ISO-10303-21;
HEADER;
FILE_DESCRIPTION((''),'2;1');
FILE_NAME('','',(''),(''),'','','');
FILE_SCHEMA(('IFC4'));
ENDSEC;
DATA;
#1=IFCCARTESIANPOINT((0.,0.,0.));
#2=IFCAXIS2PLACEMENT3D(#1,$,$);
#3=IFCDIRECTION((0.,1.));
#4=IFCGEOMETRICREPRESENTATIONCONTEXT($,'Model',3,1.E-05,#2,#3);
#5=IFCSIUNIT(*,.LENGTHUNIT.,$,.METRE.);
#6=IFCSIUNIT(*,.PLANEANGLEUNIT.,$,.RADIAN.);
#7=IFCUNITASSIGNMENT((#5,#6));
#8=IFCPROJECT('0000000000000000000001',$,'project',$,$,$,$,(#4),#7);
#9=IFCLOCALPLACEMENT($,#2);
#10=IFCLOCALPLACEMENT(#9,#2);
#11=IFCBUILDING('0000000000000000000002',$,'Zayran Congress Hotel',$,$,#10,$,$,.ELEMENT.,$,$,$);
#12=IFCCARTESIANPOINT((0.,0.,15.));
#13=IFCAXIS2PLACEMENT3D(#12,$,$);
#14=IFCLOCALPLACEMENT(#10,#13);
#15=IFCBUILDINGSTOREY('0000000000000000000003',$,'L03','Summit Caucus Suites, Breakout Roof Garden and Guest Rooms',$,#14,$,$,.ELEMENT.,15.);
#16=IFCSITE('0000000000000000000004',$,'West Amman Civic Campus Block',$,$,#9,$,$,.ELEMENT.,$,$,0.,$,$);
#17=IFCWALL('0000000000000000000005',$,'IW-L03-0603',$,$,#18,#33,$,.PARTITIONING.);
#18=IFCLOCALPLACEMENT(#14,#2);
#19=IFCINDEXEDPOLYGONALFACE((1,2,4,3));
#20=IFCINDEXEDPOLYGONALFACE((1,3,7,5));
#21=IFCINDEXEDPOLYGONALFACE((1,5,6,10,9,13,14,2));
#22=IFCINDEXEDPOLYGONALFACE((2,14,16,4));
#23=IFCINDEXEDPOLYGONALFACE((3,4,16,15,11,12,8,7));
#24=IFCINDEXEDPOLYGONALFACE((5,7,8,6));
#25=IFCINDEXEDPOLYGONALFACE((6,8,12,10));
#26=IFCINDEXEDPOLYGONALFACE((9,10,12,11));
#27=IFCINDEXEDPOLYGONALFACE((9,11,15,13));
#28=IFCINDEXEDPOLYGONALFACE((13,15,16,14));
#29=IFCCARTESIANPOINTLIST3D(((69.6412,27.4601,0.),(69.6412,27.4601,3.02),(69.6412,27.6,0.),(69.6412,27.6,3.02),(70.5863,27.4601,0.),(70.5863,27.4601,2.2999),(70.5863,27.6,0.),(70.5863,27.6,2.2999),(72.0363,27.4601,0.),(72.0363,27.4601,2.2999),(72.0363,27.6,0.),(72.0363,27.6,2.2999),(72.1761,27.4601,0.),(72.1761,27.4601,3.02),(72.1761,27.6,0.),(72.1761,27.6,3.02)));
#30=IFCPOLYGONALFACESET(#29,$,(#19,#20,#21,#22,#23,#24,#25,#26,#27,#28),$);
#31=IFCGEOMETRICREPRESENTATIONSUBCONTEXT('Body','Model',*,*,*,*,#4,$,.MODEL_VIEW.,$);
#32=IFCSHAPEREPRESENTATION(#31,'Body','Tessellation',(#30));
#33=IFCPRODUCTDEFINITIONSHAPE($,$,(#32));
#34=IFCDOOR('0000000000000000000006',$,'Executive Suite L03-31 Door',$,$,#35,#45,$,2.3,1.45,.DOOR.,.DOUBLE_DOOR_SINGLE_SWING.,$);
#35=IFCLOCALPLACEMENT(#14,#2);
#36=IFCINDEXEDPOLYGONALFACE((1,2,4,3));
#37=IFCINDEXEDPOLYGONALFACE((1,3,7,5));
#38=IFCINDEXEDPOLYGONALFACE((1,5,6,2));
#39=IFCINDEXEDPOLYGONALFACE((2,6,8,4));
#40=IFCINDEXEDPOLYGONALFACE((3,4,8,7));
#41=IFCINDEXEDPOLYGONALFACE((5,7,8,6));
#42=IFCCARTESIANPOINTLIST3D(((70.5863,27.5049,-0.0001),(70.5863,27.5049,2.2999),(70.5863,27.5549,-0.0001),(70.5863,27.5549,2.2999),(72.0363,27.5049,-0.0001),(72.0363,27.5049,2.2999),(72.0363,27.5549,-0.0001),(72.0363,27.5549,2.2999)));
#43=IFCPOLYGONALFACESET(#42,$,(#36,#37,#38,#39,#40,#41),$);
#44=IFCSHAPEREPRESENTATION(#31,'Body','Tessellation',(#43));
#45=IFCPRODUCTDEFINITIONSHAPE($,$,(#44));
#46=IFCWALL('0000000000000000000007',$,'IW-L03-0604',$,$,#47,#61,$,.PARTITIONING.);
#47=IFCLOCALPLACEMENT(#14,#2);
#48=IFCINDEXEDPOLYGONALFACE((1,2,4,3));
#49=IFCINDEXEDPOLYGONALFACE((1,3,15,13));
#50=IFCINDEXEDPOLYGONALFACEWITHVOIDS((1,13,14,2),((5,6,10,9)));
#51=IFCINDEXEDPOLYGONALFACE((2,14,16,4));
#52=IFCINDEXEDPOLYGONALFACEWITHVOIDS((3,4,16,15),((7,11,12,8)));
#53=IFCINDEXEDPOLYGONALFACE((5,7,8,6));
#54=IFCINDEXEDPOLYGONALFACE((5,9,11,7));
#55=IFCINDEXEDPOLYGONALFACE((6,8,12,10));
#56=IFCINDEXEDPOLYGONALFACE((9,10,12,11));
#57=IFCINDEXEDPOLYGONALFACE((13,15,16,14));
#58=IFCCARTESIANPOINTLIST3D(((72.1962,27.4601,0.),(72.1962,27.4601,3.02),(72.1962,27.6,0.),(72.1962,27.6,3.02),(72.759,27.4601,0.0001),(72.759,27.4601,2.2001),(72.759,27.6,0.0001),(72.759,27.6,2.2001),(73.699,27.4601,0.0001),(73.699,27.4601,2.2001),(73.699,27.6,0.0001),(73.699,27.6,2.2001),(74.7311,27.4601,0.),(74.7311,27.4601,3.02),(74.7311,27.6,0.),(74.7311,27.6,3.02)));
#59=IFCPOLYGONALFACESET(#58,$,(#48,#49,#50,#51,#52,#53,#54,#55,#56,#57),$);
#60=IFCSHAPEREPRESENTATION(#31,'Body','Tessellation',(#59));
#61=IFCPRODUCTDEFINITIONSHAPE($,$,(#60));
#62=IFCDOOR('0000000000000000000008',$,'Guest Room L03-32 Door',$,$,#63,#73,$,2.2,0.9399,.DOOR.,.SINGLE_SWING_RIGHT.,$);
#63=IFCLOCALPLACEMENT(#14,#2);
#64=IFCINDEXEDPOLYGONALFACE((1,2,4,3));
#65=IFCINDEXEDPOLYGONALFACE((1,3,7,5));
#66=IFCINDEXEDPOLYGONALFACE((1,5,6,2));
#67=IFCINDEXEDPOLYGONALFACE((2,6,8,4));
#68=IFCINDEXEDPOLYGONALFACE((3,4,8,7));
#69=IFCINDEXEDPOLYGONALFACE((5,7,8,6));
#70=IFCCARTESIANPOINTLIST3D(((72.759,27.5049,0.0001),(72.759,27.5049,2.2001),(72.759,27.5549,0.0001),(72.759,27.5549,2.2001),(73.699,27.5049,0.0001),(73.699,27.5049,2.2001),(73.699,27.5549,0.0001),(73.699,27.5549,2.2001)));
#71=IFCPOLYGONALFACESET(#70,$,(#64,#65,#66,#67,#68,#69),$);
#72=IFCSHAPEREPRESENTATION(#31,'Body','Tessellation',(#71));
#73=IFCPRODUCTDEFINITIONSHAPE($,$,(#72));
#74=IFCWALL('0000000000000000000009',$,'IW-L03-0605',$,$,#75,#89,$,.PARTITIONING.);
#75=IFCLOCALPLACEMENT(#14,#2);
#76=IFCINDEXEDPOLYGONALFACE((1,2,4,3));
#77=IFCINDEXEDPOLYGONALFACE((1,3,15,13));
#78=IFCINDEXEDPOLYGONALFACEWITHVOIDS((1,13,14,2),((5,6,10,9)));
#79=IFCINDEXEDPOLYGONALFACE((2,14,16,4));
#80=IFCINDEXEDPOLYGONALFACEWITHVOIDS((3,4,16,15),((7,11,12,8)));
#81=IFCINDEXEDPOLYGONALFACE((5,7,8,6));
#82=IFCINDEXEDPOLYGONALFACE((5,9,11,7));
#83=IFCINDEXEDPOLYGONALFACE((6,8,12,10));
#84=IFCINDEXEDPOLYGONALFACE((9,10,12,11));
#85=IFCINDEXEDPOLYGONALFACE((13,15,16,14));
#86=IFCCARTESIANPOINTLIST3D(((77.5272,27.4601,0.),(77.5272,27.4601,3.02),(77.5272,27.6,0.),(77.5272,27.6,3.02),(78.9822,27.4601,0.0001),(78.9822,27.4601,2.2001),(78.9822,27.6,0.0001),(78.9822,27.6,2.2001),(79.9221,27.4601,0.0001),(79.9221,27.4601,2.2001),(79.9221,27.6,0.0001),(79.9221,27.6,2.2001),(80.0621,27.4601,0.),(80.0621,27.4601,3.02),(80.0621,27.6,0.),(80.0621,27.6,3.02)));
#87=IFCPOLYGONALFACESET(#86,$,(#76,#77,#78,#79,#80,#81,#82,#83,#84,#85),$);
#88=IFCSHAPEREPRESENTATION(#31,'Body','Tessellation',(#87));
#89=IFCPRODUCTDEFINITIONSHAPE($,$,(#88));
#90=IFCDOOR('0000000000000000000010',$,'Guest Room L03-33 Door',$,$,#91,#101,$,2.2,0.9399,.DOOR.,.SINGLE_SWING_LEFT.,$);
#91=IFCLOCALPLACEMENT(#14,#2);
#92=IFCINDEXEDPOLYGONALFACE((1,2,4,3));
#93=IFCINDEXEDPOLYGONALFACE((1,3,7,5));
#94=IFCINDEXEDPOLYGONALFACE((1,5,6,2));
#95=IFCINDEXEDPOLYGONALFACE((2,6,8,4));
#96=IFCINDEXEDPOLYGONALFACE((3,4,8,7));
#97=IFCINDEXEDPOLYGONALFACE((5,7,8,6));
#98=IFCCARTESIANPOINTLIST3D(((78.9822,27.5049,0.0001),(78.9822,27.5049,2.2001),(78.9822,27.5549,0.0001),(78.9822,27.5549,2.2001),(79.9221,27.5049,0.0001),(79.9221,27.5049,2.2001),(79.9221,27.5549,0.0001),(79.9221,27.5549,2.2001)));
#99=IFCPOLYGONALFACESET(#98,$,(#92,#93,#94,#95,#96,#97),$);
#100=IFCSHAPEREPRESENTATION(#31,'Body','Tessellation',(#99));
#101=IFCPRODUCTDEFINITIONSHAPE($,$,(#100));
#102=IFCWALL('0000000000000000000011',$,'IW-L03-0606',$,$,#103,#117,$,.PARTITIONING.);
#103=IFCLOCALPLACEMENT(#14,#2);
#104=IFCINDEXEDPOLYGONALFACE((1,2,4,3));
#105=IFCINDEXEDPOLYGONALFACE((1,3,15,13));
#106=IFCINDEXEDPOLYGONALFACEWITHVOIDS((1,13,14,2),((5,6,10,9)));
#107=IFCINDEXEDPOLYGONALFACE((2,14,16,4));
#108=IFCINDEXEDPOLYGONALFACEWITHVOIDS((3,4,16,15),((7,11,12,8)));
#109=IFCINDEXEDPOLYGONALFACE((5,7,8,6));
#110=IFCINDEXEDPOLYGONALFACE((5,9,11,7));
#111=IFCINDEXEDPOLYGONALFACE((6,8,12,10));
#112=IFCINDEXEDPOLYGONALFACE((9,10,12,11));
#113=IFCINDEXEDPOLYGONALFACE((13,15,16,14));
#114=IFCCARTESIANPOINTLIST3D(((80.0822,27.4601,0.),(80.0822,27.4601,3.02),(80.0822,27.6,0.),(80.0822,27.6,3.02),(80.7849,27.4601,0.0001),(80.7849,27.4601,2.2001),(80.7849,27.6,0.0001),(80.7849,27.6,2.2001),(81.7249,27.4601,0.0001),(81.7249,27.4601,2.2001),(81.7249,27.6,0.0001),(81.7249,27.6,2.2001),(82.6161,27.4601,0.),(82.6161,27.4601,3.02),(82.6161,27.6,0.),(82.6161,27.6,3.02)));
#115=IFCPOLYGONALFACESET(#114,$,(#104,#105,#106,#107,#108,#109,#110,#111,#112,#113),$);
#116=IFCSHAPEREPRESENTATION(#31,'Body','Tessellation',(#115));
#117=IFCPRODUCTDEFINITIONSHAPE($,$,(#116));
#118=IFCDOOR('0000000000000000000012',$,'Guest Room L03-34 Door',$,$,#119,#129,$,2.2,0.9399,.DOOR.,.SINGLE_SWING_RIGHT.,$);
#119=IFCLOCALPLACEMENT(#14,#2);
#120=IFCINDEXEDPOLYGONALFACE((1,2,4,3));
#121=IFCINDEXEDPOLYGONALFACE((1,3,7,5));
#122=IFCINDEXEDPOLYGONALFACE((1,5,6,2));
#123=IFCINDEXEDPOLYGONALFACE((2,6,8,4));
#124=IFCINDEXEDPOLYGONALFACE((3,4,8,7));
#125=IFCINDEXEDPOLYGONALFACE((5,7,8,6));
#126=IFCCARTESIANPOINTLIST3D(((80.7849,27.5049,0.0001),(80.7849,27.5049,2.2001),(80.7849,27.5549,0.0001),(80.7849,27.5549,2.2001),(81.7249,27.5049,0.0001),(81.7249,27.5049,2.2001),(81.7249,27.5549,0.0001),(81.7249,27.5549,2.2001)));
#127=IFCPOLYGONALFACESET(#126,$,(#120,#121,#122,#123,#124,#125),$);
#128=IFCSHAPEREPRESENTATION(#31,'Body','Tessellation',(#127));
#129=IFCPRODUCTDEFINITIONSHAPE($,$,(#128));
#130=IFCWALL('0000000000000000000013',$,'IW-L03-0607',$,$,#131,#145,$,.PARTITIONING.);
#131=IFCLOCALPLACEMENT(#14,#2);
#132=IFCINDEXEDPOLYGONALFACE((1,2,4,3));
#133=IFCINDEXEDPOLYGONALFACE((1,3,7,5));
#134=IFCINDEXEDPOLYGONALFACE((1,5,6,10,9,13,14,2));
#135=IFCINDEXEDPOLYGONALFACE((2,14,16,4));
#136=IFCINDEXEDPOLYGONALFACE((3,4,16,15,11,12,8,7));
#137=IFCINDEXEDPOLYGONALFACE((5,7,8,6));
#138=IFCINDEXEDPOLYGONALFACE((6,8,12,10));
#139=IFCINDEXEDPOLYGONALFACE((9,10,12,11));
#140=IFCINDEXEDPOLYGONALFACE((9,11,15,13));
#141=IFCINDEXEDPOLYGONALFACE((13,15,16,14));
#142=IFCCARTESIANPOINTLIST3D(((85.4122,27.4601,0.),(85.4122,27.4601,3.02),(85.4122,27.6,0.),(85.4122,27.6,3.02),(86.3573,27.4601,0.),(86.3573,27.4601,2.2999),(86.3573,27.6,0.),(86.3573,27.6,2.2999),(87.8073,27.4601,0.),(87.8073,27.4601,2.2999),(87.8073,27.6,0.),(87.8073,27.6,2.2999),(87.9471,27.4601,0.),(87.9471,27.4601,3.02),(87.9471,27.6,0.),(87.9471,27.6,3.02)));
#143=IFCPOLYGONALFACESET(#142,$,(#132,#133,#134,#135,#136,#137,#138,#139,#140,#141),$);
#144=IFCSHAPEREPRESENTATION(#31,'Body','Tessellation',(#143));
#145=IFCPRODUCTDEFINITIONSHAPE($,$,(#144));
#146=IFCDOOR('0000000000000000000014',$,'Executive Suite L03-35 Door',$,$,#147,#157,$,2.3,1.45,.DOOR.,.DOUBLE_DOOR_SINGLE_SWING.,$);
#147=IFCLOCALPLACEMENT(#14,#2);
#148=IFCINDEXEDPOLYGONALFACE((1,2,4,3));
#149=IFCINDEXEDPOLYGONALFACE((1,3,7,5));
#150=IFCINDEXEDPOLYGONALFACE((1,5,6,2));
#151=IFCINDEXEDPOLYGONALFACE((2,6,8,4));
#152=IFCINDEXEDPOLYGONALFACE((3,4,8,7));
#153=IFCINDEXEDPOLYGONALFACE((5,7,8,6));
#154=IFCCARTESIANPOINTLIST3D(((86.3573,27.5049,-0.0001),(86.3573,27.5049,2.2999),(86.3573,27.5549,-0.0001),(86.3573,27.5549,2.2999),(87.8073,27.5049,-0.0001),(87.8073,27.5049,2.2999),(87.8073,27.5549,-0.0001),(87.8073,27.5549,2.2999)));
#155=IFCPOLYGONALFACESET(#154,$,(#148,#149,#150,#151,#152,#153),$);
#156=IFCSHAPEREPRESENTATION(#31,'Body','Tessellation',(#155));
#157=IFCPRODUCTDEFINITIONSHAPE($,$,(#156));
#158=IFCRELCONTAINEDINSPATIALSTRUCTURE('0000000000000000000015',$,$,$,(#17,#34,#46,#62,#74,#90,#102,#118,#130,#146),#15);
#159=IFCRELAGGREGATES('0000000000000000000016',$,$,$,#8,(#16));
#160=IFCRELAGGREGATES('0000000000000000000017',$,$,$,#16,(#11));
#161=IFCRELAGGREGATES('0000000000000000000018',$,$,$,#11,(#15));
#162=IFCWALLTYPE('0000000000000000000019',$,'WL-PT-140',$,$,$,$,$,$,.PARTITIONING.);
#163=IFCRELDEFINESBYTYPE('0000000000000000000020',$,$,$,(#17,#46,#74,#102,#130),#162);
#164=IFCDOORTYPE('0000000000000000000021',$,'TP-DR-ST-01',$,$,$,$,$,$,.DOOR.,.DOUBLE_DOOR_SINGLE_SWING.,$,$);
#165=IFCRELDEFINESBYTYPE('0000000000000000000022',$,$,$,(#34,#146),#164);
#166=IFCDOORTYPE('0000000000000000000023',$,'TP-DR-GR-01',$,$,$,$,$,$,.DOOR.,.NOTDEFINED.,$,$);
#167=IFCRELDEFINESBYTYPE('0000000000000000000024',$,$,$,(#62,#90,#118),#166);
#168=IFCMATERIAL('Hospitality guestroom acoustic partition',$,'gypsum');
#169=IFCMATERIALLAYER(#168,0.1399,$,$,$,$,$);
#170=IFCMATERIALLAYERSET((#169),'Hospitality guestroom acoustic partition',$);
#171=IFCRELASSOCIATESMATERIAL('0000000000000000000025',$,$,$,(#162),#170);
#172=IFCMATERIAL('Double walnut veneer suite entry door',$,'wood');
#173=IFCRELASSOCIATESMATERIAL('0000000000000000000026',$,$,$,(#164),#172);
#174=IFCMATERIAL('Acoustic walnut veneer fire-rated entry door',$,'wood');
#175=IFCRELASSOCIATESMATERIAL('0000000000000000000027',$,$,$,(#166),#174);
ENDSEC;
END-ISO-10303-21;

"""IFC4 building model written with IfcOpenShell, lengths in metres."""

from ifc_helpers import new_model, si_unit, direction, frame, frame_2d, origin, place, context, subcontext, project, spatial, rectangle, extrude, material, layer, layer_set, type_object, element, fill, save


model = new_model("IFC4")

# Units and contexts
model_context = context("Model", 3, precision=1e-05, world=origin(), true_north=direction((0.0, 1.0)))
body_context = subcontext(model_context, "Body", "Model", "MODEL_VIEW")
ifc_project = project(units=[si_unit("LENGTHUNIT", "METRE"), si_unit("PLANEANGLEUNIT", "RADIAN")], contexts=[model_context])

# Site, building, storey
site_placement = place(None, origin())
site = spatial("IfcSite", under=ifc_project, at=site_placement, Name="West Amman Civic Campus Block", CompositionType="ELEMENT", RefElevation=0.0)
building_placement = place(site_placement, origin())
building = spatial("IfcBuilding", under=site, at=building_placement, Name="Zayran Congress Hotel", CompositionType="ELEMENT")
storey_placement = place(building_placement, frame((0.0, 0.0, 15.0)))
storey = spatial("IfcBuildingStorey", under=building, at=storey_placement, Name="L03", Description="Summit Caucus Suites, Breakout Roof Garden and Guest Rooms", CompositionType="ELEMENT", Elevation=15.0)

# Walls, openings, doors
ifc_material_1 = material(Name="Hospitality guestroom acoustic partition", Category="gypsum")
ifc_layer_1 = layer(ifc_material_1, 0.1399)
ifc_layer_set_1 = layer_set([ifc_layer_1], Name="Hospitality guestroom acoustic partition")
wall_type_1 = type_object("IfcWallType", Name="WL-PT-140", PredefinedType="PARTITIONING", material=ifc_layer_set_1)
wall_1_placement = place(storey_placement, frame((69.6411, 27.53, 0.0), z_axis=(0.0, 0.0, 1.0), x_axis=(1.0, 0.0, 0.0)))
wall_1 = element("IfcWall", 1, at=wall_1_placement, inside=storey, type_object=wall_type_1, Name="IW-L03-0603", PredefinedType="PARTITIONING", context=body_context, shape_type="SweptSolid", body=[
    extrude(rectangle(XDim=2.5349, YDim=0.1399, at=frame_2d((1.2676, 0.0))), origin(), (0.0, 0.0, 1.0), 3.02),
])
opening_1_placement = place(wall_1_placement, frame((0.9451, 0.0, 0.0)))
opening_1 = element("IfcOpeningElement", 2, at=opening_1_placement, cuts=wall_1, PredefinedType="OPENING", context=body_context, shape_type="SweptSolid", body=[
    extrude(rectangle(XDim=1.45, YDim=2.3, at=frame_2d((0.7251, 1.1499))), frame((0.0, 0.0798, 0.0), z_axis=(0.0, -1.0, 0.0), x_axis=(1.0, 0.0, 0.0)), (0.0, 0.0, 1.0), 0.1599),
])
ifc_material_2 = material(Name="Double walnut veneer suite entry door", Category="wood")
door_type_1 = type_object("IfcDoorType", Name="TP-DR-ST-01", OperationType="DOUBLE_DOOR_SINGLE_SWING", PredefinedType="DOOR", material=ifc_material_2)
door_1_placement = place(opening_1_placement, origin())
door_1 = element("IfcDoor", 3, at=door_1_placement, inside=storey, type_object=door_type_1, Name="Executive Suite L03-31 Door", OperationType="DOUBLE_DOOR_SINGLE_SWING", OverallHeight=2.3, OverallWidth=1.45, PredefinedType="DOOR", context=body_context, shape_type="SweptSolid", body=[
    extrude(rectangle(XDim=1.45, YDim=2.3, at=frame_2d((0.7251, 1.1499))), frame((0.0, 0.0249, 0.0), z_axis=(0.0, -1.0, 0.0), x_axis=(1.0, 0.0, 0.0)), (0.0, 0.0, 1.0), 0.05),
])
fill(opening_1, door_1)
wall_2_placement = place(storey_placement, frame((72.196, 27.53, 0.0), z_axis=(0.0, 0.0, 1.0), x_axis=(1.0, 0.0, 0.0)))
wall_2 = element("IfcWall", 4, at=wall_2_placement, inside=storey, type_object=wall_type_1, Name="IW-L03-0604", PredefinedType="PARTITIONING", context=body_context, shape_type="SweptSolid", body=[
    extrude(rectangle(XDim=2.5349, YDim=0.1399, at=frame_2d((1.2676, 0.0))), origin(), (0.0, 0.0, 1.0), 3.02),
])
opening_2_placement = place(wall_2_placement, frame((0.563, 0.0, 0.0)))
opening_2 = element("IfcOpeningElement", 5, at=opening_2_placement, cuts=wall_2, PredefinedType="OPENING", context=body_context, shape_type="SweptSolid", body=[
    extrude(rectangle(XDim=0.9399, YDim=2.2, at=frame_2d((0.47, 1.1001))), frame((0.0, 0.0798, 0.0), z_axis=(0.0, -1.0, 0.0), x_axis=(1.0, 0.0, 0.0)), (0.0, 0.0, 1.0), 0.1599),
])
ifc_material_3 = material(Name="Acoustic walnut veneer fire-rated entry door", Category="wood")
door_type_2 = type_object("IfcDoorType", Name="TP-DR-GR-01", OperationType="NOTDEFINED", PredefinedType="DOOR", material=ifc_material_3)
door_2_placement = place(opening_2_placement, origin())
door_2 = element("IfcDoor", 6, at=door_2_placement, inside=storey, type_object=door_type_2, Name="Guest Room L03-32 Door", OperationType="SINGLE_SWING_RIGHT", OverallHeight=2.2, OverallWidth=0.9399, PredefinedType="DOOR", context=body_context, shape_type="SweptSolid", body=[
    extrude(rectangle(XDim=0.9399, YDim=2.2, at=frame_2d((0.47, 1.1001))), frame((0.0, 0.0249, 0.0), z_axis=(0.0, -1.0, 0.0), x_axis=(1.0, 0.0, 0.0)), (0.0, 0.0, 1.0), 0.05),
])
fill(opening_2, door_2)
wall_3_placement = place(storey_placement, frame((77.5271, 27.53, 0.0), z_axis=(0.0, 0.0, 1.0), x_axis=(1.0, 0.0, 0.0)))
wall_3 = element("IfcWall", 7, at=wall_3_placement, inside=storey, type_object=wall_type_1, Name="IW-L03-0605", PredefinedType="PARTITIONING", context=body_context, shape_type="SweptSolid", body=[
    extrude(rectangle(XDim=2.5349, YDim=0.1399, at=frame_2d((1.2676, 0.0))), origin(), (0.0, 0.0, 1.0), 3.02),
])
opening_3_placement = place(wall_3_placement, frame((1.4551, 0.0, 0.0)))
opening_3 = element("IfcOpeningElement", 8, at=opening_3_placement, cuts=wall_3, PredefinedType="OPENING", context=body_context, shape_type="SweptSolid", body=[
    extrude(rectangle(XDim=0.9399, YDim=2.2, at=frame_2d((0.47, 1.1001))), frame((0.0, 0.0798, 0.0), z_axis=(0.0, -1.0, 0.0), x_axis=(1.0, 0.0, 0.0)), (0.0, 0.0, 1.0), 0.1599),
])
door_3_placement = place(opening_3_placement, origin())
door_3 = element("IfcDoor", 9, at=door_3_placement, inside=storey, type_object=door_type_2, Name="Guest Room L03-33 Door", OperationType="SINGLE_SWING_LEFT", OverallHeight=2.2, OverallWidth=0.9399, PredefinedType="DOOR", context=body_context, shape_type="SweptSolid", body=[
    extrude(rectangle(XDim=0.9399, YDim=2.2, at=frame_2d((0.47, 1.1001))), frame((0.0, 0.0249, 0.0), z_axis=(0.0, -1.0, 0.0), x_axis=(1.0, 0.0, 0.0)), (0.0, 0.0, 1.0), 0.05),
])
fill(opening_3, door_3)
wall_4_placement = place(storey_placement, frame((80.082, 27.53, 0.0), z_axis=(0.0, 0.0, 1.0), x_axis=(1.0, 0.0, 0.0)))
wall_4 = element("IfcWall", 10, at=wall_4_placement, inside=storey, type_object=wall_type_1, Name="IW-L03-0606", PredefinedType="PARTITIONING", context=body_context, shape_type="SweptSolid", body=[
    extrude(rectangle(XDim=2.5339, YDim=0.1399, at=frame_2d((1.2671, 0.0))), origin(), (0.0, 0.0, 1.0), 3.02),
])
opening_4_placement = place(wall_4_placement, frame((0.7029, 0.0, 0.0)))
opening_4 = element("IfcOpeningElement", 11, at=opening_4_placement, cuts=wall_4, PredefinedType="OPENING", context=body_context, shape_type="SweptSolid", body=[
    extrude(rectangle(XDim=0.9399, YDim=2.2, at=frame_2d((0.47, 1.1001))), frame((0.0, 0.0798, 0.0), z_axis=(0.0, -1.0, 0.0), x_axis=(1.0, 0.0, 0.0)), (0.0, 0.0, 1.0), 0.1599),
])
door_4_placement = place(opening_4_placement, origin())
door_4 = element("IfcDoor", 12, at=door_4_placement, inside=storey, type_object=door_type_2, Name="Guest Room L03-34 Door", OperationType="SINGLE_SWING_RIGHT", OverallHeight=2.2, OverallWidth=0.9399, PredefinedType="DOOR", context=body_context, shape_type="SweptSolid", body=[
    extrude(rectangle(XDim=0.9399, YDim=2.2, at=frame_2d((0.47, 1.1001))), frame((0.0, 0.0249, 0.0), z_axis=(0.0, -1.0, 0.0), x_axis=(1.0, 0.0, 0.0)), (0.0, 0.0, 1.0), 0.05),
])
fill(opening_4, door_4)
wall_5_placement = place(storey_placement, frame((85.4121, 27.53, 0.0), z_axis=(0.0, 0.0, 1.0), x_axis=(1.0, 0.0, 0.0)))
wall_5 = element("IfcWall", 13, at=wall_5_placement, inside=storey, type_object=wall_type_1, Name="IW-L03-0607", PredefinedType="PARTITIONING", context=body_context, shape_type="SweptSolid", body=[
    extrude(rectangle(XDim=2.5349, YDim=0.1399, at=frame_2d((1.2676, 0.0))), origin(), (0.0, 0.0, 1.0), 3.02),
])
opening_5_placement = place(wall_5_placement, frame((0.9451, 0.0, 0.0)))
opening_5 = element("IfcOpeningElement", 14, at=opening_5_placement, cuts=wall_5, PredefinedType="OPENING", context=body_context, shape_type="SweptSolid", body=[
    extrude(rectangle(XDim=1.45, YDim=2.3, at=frame_2d((0.7251, 1.1499))), frame((0.0, 0.0798, 0.0), z_axis=(0.0, -1.0, 0.0), x_axis=(1.0, 0.0, 0.0)), (0.0, 0.0, 1.0), 0.1599),
])
door_5_placement = place(opening_5_placement, origin())
door_5 = element("IfcDoor", 15, at=door_5_placement, inside=storey, type_object=door_type_1, Name="Executive Suite L03-35 Door", OperationType="DOUBLE_DOOR_SINGLE_SWING", OverallHeight=2.3, OverallWidth=1.45, PredefinedType="DOOR", context=body_context, shape_type="SweptSolid", body=[
    extrude(rectangle(XDim=1.45, YDim=2.3, at=frame_2d((0.7251, 1.1499))), frame((0.0, 0.0249, 0.0), z_axis=(0.0, -1.0, 0.0), x_axis=(1.0, 0.0, 0.0)), (0.0, 0.0, 1.0), 0.05),
])
fill(opening_5, door_5)

save(model, "model.ifc")
